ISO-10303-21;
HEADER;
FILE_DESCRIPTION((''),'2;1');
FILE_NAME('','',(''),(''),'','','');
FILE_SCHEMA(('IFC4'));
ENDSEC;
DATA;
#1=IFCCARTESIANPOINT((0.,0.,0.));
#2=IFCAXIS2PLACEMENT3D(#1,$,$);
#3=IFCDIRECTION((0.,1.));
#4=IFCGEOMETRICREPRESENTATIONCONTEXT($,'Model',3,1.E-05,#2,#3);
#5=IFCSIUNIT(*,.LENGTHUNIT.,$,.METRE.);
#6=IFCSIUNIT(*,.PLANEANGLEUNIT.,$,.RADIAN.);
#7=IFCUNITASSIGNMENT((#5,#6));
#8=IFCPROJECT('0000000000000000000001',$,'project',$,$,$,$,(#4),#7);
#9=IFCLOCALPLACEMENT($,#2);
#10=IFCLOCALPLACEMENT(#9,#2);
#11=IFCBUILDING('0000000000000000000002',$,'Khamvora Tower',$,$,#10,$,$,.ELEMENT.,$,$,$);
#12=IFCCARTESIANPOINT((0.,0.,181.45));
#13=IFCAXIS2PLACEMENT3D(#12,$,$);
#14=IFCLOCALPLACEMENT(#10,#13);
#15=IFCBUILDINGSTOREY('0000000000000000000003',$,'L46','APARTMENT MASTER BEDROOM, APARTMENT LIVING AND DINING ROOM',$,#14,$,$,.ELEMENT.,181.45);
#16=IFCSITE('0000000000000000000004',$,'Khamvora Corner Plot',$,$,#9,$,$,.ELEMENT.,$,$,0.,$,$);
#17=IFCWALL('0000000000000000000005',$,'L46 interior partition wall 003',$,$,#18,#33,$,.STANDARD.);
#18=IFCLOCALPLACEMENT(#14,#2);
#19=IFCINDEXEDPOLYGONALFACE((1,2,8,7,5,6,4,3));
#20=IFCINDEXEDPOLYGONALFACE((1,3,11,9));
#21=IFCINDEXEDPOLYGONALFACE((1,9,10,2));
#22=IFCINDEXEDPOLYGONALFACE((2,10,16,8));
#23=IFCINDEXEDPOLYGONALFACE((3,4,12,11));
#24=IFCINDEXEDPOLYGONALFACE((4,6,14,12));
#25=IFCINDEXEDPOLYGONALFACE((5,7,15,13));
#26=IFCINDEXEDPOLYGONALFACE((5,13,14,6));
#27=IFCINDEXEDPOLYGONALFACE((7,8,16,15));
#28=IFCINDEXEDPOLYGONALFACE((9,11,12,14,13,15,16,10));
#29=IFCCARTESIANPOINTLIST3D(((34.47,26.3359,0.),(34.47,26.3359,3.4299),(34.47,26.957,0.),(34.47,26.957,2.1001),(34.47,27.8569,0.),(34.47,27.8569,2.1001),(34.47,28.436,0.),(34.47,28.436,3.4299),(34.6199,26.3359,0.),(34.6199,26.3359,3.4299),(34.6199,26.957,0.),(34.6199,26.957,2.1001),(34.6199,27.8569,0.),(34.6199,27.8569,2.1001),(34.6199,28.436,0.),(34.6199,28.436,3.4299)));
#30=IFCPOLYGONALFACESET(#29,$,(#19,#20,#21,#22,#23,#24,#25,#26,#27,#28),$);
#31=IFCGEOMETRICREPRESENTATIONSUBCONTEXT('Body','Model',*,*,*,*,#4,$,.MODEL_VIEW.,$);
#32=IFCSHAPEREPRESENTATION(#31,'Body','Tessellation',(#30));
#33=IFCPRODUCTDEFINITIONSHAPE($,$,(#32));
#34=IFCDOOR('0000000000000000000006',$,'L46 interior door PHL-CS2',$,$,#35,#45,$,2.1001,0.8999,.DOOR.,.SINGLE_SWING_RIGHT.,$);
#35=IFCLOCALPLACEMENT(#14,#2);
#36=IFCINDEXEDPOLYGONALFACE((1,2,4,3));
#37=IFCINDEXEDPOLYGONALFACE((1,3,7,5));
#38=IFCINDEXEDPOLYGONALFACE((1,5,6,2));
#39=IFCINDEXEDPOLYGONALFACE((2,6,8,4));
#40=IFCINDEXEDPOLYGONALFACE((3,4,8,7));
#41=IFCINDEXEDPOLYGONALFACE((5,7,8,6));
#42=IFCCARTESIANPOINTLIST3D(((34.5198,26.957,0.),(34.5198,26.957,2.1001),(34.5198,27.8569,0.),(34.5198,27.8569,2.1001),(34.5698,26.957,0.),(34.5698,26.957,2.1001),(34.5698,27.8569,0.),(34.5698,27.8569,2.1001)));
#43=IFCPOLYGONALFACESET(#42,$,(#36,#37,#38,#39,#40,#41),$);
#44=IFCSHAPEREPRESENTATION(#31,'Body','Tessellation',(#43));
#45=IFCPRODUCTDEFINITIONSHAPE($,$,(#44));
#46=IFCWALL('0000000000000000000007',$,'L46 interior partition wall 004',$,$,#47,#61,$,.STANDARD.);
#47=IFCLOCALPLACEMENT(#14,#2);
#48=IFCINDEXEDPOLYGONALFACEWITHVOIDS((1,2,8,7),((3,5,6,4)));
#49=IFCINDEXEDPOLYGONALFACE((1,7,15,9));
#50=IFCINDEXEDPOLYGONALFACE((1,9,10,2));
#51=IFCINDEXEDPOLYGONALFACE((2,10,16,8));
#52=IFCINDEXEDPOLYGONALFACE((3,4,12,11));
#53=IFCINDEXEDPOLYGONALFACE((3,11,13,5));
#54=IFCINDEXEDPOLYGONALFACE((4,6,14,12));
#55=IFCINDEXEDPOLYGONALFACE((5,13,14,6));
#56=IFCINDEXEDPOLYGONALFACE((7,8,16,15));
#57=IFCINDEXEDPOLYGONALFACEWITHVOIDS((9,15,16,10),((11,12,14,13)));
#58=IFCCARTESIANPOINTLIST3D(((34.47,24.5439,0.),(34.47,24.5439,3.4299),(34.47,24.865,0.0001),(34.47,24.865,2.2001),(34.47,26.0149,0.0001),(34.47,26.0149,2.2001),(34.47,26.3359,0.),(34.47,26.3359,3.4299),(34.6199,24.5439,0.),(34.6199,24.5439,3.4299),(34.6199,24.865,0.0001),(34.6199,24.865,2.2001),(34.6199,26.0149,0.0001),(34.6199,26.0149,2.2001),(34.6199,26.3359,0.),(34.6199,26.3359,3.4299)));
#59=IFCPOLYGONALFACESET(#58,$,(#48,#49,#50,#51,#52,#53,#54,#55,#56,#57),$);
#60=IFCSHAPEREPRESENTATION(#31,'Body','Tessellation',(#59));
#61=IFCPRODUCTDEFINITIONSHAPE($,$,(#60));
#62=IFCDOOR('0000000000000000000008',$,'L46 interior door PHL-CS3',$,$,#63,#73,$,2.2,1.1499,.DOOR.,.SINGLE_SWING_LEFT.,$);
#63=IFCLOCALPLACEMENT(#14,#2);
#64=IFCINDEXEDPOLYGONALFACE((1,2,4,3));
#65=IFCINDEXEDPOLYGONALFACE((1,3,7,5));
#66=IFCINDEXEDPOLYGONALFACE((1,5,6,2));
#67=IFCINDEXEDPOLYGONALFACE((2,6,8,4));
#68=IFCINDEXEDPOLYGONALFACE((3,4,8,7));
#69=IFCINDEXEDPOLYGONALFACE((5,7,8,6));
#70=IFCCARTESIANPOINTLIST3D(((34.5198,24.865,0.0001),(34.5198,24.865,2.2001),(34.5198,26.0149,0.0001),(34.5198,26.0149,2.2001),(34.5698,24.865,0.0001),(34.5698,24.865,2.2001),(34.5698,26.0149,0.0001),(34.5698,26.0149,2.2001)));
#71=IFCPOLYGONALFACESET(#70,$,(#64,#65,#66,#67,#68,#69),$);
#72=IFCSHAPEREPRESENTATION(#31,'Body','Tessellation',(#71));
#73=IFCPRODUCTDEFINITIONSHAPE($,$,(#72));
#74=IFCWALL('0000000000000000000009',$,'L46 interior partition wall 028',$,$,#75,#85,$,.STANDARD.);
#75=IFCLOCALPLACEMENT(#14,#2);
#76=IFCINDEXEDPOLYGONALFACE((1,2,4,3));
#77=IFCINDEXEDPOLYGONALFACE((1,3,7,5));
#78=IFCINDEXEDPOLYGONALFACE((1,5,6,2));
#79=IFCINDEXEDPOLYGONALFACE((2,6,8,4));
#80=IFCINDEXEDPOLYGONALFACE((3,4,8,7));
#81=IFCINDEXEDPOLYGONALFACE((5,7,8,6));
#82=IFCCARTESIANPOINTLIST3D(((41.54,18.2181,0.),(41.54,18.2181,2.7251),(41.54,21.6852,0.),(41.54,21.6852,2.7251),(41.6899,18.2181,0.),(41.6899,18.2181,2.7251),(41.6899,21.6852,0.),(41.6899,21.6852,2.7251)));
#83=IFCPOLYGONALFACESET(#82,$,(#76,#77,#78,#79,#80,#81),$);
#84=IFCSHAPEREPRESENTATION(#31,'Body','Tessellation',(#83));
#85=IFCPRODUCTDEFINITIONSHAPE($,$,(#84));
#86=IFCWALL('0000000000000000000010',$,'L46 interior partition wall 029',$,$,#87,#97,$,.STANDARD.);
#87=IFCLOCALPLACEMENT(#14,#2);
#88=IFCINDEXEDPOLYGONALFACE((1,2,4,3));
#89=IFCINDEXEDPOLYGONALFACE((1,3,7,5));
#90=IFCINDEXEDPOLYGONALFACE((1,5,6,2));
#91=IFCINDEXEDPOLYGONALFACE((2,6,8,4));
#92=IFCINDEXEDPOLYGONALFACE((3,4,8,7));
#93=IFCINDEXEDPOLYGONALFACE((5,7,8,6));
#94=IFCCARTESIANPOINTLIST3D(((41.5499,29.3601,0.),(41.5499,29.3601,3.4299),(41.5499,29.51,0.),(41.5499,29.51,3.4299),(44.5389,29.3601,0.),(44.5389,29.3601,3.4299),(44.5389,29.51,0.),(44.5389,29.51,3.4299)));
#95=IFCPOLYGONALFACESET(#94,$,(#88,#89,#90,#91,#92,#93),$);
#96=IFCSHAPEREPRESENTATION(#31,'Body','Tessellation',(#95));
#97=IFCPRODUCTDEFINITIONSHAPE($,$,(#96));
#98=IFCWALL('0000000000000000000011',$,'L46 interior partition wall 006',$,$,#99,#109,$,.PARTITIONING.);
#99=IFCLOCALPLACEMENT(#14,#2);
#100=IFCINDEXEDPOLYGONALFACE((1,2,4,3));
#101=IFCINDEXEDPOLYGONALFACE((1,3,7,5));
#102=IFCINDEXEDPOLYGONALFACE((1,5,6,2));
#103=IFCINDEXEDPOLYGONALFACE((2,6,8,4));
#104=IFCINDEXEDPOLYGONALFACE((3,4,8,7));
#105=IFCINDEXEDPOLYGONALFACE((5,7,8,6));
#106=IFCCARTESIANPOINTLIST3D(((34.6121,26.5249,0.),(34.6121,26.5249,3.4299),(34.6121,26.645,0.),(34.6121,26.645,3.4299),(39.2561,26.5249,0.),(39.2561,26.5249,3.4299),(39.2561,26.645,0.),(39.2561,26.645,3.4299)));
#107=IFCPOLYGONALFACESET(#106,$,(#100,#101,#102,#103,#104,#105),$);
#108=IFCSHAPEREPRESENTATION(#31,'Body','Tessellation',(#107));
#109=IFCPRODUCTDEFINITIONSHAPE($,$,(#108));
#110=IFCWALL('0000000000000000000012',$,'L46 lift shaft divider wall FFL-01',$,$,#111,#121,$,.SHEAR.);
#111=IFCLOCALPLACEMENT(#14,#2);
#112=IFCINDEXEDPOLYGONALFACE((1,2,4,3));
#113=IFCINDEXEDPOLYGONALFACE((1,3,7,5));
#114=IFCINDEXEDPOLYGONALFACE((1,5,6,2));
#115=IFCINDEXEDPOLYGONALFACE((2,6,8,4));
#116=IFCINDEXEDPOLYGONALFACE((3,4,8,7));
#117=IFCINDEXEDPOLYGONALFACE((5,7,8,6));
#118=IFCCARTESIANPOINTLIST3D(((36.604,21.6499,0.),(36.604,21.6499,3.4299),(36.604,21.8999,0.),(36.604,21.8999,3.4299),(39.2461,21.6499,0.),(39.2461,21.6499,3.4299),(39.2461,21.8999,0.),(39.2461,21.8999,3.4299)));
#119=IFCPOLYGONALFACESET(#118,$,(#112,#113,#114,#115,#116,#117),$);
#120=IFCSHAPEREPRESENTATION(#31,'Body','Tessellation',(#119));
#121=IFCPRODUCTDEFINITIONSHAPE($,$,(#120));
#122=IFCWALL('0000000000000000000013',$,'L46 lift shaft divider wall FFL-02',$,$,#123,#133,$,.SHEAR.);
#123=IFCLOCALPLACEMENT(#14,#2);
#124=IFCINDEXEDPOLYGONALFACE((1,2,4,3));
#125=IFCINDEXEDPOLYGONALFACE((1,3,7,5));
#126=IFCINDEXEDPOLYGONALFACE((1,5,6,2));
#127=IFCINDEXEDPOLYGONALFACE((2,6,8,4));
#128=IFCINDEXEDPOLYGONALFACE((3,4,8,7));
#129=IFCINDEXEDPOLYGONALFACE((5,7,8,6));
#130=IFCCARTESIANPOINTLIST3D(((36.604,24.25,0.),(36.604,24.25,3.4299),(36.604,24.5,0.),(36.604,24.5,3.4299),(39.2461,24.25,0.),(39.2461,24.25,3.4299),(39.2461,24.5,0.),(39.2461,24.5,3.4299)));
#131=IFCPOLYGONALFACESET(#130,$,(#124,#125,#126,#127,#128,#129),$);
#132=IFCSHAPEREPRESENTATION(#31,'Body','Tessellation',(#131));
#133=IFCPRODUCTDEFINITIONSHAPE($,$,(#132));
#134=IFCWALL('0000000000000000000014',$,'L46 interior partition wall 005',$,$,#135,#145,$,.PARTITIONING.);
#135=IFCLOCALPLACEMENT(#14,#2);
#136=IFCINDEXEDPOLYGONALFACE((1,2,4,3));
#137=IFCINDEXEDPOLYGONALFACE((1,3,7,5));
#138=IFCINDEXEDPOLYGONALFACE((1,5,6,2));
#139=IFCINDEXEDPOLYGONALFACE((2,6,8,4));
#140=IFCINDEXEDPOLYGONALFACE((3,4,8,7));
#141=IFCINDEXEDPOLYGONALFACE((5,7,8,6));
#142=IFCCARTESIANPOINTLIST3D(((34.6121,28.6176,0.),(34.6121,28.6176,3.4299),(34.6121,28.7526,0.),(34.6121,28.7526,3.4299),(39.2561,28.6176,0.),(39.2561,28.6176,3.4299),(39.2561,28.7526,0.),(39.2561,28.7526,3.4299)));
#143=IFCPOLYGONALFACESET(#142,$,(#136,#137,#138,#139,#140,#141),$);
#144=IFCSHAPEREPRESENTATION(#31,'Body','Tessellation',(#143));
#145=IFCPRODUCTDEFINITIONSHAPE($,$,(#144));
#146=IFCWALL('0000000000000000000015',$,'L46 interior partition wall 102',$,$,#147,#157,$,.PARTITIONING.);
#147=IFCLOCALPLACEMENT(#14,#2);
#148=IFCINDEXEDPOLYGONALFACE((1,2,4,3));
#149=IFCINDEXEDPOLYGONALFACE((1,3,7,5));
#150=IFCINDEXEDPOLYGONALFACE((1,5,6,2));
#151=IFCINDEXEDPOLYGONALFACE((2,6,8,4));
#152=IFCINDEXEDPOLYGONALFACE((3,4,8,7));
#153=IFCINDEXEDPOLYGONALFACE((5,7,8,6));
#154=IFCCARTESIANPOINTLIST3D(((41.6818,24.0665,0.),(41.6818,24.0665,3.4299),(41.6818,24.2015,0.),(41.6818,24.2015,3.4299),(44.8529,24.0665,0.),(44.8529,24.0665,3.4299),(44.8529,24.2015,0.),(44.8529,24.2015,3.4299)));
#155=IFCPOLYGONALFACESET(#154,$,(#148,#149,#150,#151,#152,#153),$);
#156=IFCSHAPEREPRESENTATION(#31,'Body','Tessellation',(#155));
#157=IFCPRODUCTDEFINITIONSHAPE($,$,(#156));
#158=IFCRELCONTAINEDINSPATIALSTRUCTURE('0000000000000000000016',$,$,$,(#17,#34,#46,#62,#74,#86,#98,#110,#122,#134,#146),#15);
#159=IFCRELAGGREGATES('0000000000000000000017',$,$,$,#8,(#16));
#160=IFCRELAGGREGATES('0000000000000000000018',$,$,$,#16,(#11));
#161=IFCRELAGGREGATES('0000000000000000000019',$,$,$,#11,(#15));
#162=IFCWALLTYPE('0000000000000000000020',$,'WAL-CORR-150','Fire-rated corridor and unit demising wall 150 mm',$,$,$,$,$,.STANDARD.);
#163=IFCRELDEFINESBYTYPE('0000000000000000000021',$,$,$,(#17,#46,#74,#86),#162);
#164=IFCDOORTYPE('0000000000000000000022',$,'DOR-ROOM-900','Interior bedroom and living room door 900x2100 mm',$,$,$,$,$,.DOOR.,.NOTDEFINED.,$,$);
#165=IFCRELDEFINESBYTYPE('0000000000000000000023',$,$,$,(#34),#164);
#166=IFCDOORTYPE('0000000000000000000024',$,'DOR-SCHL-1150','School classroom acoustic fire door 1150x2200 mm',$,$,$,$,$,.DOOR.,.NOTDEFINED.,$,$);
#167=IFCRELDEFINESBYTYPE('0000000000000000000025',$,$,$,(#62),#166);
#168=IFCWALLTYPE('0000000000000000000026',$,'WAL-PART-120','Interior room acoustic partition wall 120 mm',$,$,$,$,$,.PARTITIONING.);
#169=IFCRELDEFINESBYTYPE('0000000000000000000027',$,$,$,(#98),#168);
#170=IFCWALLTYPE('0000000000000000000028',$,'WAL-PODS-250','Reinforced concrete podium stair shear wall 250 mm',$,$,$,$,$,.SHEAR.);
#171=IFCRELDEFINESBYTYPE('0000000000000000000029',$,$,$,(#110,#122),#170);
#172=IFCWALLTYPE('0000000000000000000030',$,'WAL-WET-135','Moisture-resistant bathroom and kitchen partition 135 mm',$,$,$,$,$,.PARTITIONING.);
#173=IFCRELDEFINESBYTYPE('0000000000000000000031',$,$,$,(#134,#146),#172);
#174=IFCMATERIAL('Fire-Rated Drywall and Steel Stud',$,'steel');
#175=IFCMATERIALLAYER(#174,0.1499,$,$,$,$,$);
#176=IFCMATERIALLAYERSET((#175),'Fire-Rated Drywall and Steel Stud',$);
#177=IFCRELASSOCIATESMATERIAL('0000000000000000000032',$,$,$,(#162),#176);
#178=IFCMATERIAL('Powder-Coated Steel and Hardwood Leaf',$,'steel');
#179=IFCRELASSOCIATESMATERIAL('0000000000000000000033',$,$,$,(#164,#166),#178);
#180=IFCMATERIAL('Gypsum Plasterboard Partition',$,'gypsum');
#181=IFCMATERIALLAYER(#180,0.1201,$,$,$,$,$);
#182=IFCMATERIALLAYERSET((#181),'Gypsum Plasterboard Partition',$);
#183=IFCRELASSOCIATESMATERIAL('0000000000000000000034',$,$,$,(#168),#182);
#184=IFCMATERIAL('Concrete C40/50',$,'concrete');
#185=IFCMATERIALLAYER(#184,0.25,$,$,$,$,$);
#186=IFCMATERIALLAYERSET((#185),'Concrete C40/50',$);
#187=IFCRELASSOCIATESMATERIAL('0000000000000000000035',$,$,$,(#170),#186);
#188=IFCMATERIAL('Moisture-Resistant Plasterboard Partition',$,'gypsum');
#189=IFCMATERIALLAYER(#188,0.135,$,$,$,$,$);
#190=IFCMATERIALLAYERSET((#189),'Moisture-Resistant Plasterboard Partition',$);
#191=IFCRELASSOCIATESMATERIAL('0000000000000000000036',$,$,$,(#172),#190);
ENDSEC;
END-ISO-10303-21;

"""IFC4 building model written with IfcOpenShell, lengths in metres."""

from ifc_helpers import new_model, si_unit, direction, frame, frame_2d, origin, place, context, subcontext, project, spatial, rectangle, extrude, material, layer, layer_set, type_object, element, fill, save


model = new_model("IFC4")

# Units and contexts
model_context = context("Model", 3, precision=1e-05, world=origin(), true_north=direction((0.0, 1.0)))
body_context = subcontext(model_context, "Body", "Model", "MODEL_VIEW")
ifc_project = project(units=[si_unit("LENGTHUNIT", "METRE"), si_unit("PLANEANGLEUNIT", "RADIAN")], contexts=[model_context])

# Site, building, storey
site_placement = place(None, origin())
site = spatial("IfcSite", under=ifc_project, at=site_placement, Name="Khamvora Corner Plot", CompositionType="ELEMENT", RefElevation=0.0)
building_placement = place(site_placement, origin())
building = spatial("IfcBuilding", under=site, at=building_placement, Name="Khamvora Tower", CompositionType="ELEMENT")
storey_placement = place(building_placement, frame((0.0, 0.0, 181.45)))
storey = spatial("IfcBuildingStorey", under=building, at=storey_placement, Name="L46", Description="APARTMENT MASTER BEDROOM, APARTMENT LIVING AND DINING ROOM", CompositionType="ELEMENT", Elevation=181.45)

# Shared definitions
ifc_material_1 = material(Name="Powder-Coated Steel and Hardwood Leaf", Category="steel")

# Walls, openings, doors
ifc_material_2 = material(Name="Fire-Rated Drywall and Steel Stud", Category="steel")
ifc_layer_1 = layer(ifc_material_2, 0.1499)
ifc_layer_set_1 = layer_set([ifc_layer_1], Name="Fire-Rated Drywall and Steel Stud")
wall_type_1 = type_object("IfcWallType", Name="WAL-CORR-150", Description="Fire-rated corridor and unit demising wall 150 mm", PredefinedType="STANDARD", material=ifc_layer_set_1)
wall_1_placement = place(storey_placement, frame((34.5449, 28.436, 0.0), z_axis=(0.0, 0.0, 1.0), x_axis=(0.0, -1.0, 0.0)))
wall_1 = element("IfcWall", 1, at=wall_1_placement, inside=storey, type_object=wall_type_1, Name="L46 interior partition wall 003", PredefinedType="STANDARD", context=body_context, shape_type="SweptSolid", body=[
    extrude(rectangle(XDim=2.1001, YDim=0.1499, at=frame_2d((1.05, 0.0))), origin(), (0.0, 0.0, 1.0), 3.4299),
])
opening_1_placement = place(wall_1_placement, frame((0.5791, 0.0, 0.0)))
opening_1 = element("IfcOpeningElement", 2, at=opening_1_placement, cuts=wall_1, PredefinedType="OPENING", context=body_context, shape_type="SweptSolid", body=[
    extrude(rectangle(XDim=0.8999, YDim=2.1001, at=frame_2d((0.45, 1.05))), frame((0.0, 0.085, 0.0), z_axis=(0.0, -1.0, 0.0), x_axis=(1.0, 0.0, 0.0)), (0.0, 0.0, 1.0), 0.1699),
])
door_type_1 = type_object("IfcDoorType", Name="DOR-ROOM-900", Description="Interior bedroom and living room door 900x2100 mm", OperationType="NOTDEFINED", PredefinedType="DOOR", material=ifc_material_1)
door_1_placement = place(opening_1_placement, origin())
door_1 = element("IfcDoor", 3, at=door_1_placement, inside=storey, type_object=door_type_1, Name="L46 interior door PHL-CS2", OperationType="SINGLE_SWING_RIGHT", OverallHeight=2.1001, OverallWidth=0.8999, PredefinedType="DOOR", context=body_context, shape_type="SweptSolid", body=[
    extrude(rectangle(XDim=0.8999, YDim=2.1001, at=frame_2d((0.45, 1.05))), frame((0.0, 0.0249, 0.0), z_axis=(0.0, -1.0, 0.0), x_axis=(1.0, 0.0, 0.0)), (0.0, 0.0, 1.0), 0.05),
])
fill(opening_1, door_1)
wall_2_placement = place(storey_placement, frame((34.5449, 26.3359, 0.0), z_axis=(0.0, 0.0, 1.0), x_axis=(0.0, -1.0, 0.0)))
wall_2 = element("IfcWall", 4, at=wall_2_placement, inside=storey, type_object=wall_type_1, Name="L46 interior partition wall 004", PredefinedType="STANDARD", context=body_context, shape_type="SweptSolid", body=[
    extrude(rectangle(XDim=1.792, YDim=0.1499, at=frame_2d((0.896, 0.0))), origin(), (0.0, 0.0, 1.0), 3.4299),
])
opening_2_placement = place(wall_2_placement, frame((0.321, 0.0, 0.0)))
opening_2 = element("IfcOpeningElement", 5, at=opening_2_placement, cuts=wall_2, PredefinedType="OPENING", context=body_context, shape_type="SweptSolid", body=[
    extrude(rectangle(XDim=1.1499, YDim=2.2, at=frame_2d((0.575, 1.1001))), frame((0.0, 0.085, 0.0), z_axis=(0.0, -1.0, 0.0), x_axis=(1.0, 0.0, 0.0)), (0.0, 0.0, 1.0), 0.1699),
])
door_type_2 = type_object("IfcDoorType", Name="DOR-SCHL-1150", Description="School classroom acoustic fire door 1150x2200 mm", OperationType="NOTDEFINED", PredefinedType="DOOR", material=ifc_material_1)
door_2_placement = place(opening_2_placement, origin())
door_2 = element("IfcDoor", 6, at=door_2_placement, inside=storey, type_object=door_type_2, Name="L46 interior door PHL-CS3", OperationType="SINGLE_SWING_LEFT", OverallHeight=2.2, OverallWidth=1.1499, PredefinedType="DOOR", context=body_context, shape_type="SweptSolid", body=[
    extrude(rectangle(XDim=1.1499, YDim=2.2, at=frame_2d((0.575, 1.1001))), frame((0.0, 0.0249, 0.0), z_axis=(0.0, -1.0, 0.0), x_axis=(1.0, 0.0, 0.0)), (0.0, 0.0, 1.0), 0.05),
])
fill(opening_2, door_2)

# Walls
wall_3_placement = place(storey_placement, frame((41.615, 21.6851, 0.0), z_axis=(0.0, 0.0, 1.0), x_axis=(0.0, -1.0, 0.0)))
element("IfcWall", 7, at=wall_3_placement, inside=storey, type_object=wall_type_1, Name="L46 interior partition wall 028", PredefinedType="STANDARD", context=body_context, shape_type="SweptSolid", body=[
    extrude(rectangle(XDim=3.467, YDim=0.1499, at=frame_2d((1.7334, 0.0))), origin(), (0.0, 0.0, 1.0), 2.7251),
])
wall_4_placement = place(storey_placement, frame((44.5391, 29.4351, 0.0), z_axis=(0.0, 0.0, 1.0), x_axis=(-1.0, 0.0, 0.0)))
element("IfcWall", 8, at=wall_4_placement, inside=storey, type_object=wall_type_1, Name="L46 interior partition wall 029", PredefinedType="STANDARD", context=body_context, shape_type="SweptSolid", body=[
    extrude(rectangle(XDim=2.989, YDim=0.1499, at=frame_2d((1.4946, 0.0))), origin(), (0.0, 0.0, 1.0), 3.4299),
])
ifc_material_3 = material(Name="Gypsum Plasterboard Partition", Category="gypsum")
ifc_layer_2 = layer(ifc_material_3, 0.1201)
ifc_layer_set_2 = layer_set([ifc_layer_2], Name="Gypsum Plasterboard Partition")
wall_type_2 = type_object("IfcWallType", Name="WAL-PART-120", Description="Interior room acoustic partition wall 120 mm", PredefinedType="PARTITIONING", material=ifc_layer_set_2)
wall_5_placement = place(storey_placement, frame((39.2561, 26.585, 0.0), z_axis=(0.0, 0.0, 1.0), x_axis=(-1.0, 0.0, 0.0)))
element("IfcWall", 9, at=wall_5_placement, inside=storey, type_object=wall_type_2, Name="L46 interior partition wall 006", PredefinedType="PARTITIONING", context=body_context, shape_type="SweptSolid", body=[
    extrude(rectangle(XDim=4.644, YDim=0.1201, at=frame_2d((2.322, 0.0))), origin(), (0.0, 0.0, 1.0), 3.4299),
])
ifc_material_4 = material(Name="Concrete C40/50", Category="concrete")
ifc_layer_3 = layer(ifc_material_4, 0.25)
ifc_layer_set_3 = layer_set([ifc_layer_3], Name="Concrete C40/50")
wall_type_3 = type_object("IfcWallType", Name="WAL-PODS-250", Description="Reinforced concrete podium stair shear wall 250 mm", PredefinedType="SHEAR", material=ifc_layer_set_3)
for number, where, z_axis, x_axis, name in (
    (10, (36.604, 21.7749, 0.0), (0.0, 0.0, 1.0), (1.0, 0.0, 0.0), "L46 lift shaft divider wall FFL-01"),
    (11, (36.604, 24.375, 0.0), (0.0, 0.0, 1.0), (1.0, 0.0, 0.0), "L46 lift shaft divider wall FFL-02"),
):
    element("IfcWall", number, at=place(storey_placement, frame(where, z_axis=z_axis, x_axis=x_axis)), inside=storey, type_object=wall_type_3, Name=name, PredefinedType="SHEAR", context=body_context, shape_type="SweptSolid", body=[
        extrude(rectangle(XDim=2.6421, YDim=0.25, at=frame_2d((1.321, 0.0))), origin(), (0.0, 0.0, 1.0), 3.4299),
    ])
ifc_material_5 = material(Name="Moisture-Resistant Plasterboard Partition", Category="gypsum")
ifc_layer_4 = layer(ifc_material_5, 0.135)
ifc_layer_set_4 = layer_set([ifc_layer_4], Name="Moisture-Resistant Plasterboard Partition")
wall_type_4 = type_object("IfcWallType", Name="WAL-WET-135", Description="Moisture-resistant bathroom and kitchen partition 135 mm", PredefinedType="PARTITIONING", material=ifc_layer_set_4)
wall_6_placement = place(storey_placement, frame((39.2561, 28.6851, 0.0), z_axis=(0.0, 0.0, 1.0), x_axis=(-1.0, 0.0, 0.0)))
element("IfcWall", 12, at=wall_6_placement, inside=storey, type_object=wall_type_4, Name="L46 interior partition wall 005", PredefinedType="PARTITIONING", context=body_context, shape_type="SweptSolid", body=[
    extrude(rectangle(XDim=4.644, YDim=0.135, at=frame_2d((2.322, 0.0))), origin(), (0.0, 0.0, 1.0), 3.4299),
])
wall_7_placement = place(storey_placement, frame((41.6819, 24.134, 0.0), z_axis=(0.0, 0.0, 1.0), x_axis=(1.0, 0.0, 0.0)))
element("IfcWall", 13, at=wall_7_placement, inside=storey, type_object=wall_type_4, Name="L46 interior partition wall 102", PredefinedType="PARTITIONING", context=body_context, shape_type="SweptSolid", body=[
    extrude(rectangle(XDim=3.1711, YDim=0.135, at=frame_2d((1.5854, 0.0))), origin(), (0.0, 0.0, 1.0), 3.4299),
])

save(model, "model.ifc")
